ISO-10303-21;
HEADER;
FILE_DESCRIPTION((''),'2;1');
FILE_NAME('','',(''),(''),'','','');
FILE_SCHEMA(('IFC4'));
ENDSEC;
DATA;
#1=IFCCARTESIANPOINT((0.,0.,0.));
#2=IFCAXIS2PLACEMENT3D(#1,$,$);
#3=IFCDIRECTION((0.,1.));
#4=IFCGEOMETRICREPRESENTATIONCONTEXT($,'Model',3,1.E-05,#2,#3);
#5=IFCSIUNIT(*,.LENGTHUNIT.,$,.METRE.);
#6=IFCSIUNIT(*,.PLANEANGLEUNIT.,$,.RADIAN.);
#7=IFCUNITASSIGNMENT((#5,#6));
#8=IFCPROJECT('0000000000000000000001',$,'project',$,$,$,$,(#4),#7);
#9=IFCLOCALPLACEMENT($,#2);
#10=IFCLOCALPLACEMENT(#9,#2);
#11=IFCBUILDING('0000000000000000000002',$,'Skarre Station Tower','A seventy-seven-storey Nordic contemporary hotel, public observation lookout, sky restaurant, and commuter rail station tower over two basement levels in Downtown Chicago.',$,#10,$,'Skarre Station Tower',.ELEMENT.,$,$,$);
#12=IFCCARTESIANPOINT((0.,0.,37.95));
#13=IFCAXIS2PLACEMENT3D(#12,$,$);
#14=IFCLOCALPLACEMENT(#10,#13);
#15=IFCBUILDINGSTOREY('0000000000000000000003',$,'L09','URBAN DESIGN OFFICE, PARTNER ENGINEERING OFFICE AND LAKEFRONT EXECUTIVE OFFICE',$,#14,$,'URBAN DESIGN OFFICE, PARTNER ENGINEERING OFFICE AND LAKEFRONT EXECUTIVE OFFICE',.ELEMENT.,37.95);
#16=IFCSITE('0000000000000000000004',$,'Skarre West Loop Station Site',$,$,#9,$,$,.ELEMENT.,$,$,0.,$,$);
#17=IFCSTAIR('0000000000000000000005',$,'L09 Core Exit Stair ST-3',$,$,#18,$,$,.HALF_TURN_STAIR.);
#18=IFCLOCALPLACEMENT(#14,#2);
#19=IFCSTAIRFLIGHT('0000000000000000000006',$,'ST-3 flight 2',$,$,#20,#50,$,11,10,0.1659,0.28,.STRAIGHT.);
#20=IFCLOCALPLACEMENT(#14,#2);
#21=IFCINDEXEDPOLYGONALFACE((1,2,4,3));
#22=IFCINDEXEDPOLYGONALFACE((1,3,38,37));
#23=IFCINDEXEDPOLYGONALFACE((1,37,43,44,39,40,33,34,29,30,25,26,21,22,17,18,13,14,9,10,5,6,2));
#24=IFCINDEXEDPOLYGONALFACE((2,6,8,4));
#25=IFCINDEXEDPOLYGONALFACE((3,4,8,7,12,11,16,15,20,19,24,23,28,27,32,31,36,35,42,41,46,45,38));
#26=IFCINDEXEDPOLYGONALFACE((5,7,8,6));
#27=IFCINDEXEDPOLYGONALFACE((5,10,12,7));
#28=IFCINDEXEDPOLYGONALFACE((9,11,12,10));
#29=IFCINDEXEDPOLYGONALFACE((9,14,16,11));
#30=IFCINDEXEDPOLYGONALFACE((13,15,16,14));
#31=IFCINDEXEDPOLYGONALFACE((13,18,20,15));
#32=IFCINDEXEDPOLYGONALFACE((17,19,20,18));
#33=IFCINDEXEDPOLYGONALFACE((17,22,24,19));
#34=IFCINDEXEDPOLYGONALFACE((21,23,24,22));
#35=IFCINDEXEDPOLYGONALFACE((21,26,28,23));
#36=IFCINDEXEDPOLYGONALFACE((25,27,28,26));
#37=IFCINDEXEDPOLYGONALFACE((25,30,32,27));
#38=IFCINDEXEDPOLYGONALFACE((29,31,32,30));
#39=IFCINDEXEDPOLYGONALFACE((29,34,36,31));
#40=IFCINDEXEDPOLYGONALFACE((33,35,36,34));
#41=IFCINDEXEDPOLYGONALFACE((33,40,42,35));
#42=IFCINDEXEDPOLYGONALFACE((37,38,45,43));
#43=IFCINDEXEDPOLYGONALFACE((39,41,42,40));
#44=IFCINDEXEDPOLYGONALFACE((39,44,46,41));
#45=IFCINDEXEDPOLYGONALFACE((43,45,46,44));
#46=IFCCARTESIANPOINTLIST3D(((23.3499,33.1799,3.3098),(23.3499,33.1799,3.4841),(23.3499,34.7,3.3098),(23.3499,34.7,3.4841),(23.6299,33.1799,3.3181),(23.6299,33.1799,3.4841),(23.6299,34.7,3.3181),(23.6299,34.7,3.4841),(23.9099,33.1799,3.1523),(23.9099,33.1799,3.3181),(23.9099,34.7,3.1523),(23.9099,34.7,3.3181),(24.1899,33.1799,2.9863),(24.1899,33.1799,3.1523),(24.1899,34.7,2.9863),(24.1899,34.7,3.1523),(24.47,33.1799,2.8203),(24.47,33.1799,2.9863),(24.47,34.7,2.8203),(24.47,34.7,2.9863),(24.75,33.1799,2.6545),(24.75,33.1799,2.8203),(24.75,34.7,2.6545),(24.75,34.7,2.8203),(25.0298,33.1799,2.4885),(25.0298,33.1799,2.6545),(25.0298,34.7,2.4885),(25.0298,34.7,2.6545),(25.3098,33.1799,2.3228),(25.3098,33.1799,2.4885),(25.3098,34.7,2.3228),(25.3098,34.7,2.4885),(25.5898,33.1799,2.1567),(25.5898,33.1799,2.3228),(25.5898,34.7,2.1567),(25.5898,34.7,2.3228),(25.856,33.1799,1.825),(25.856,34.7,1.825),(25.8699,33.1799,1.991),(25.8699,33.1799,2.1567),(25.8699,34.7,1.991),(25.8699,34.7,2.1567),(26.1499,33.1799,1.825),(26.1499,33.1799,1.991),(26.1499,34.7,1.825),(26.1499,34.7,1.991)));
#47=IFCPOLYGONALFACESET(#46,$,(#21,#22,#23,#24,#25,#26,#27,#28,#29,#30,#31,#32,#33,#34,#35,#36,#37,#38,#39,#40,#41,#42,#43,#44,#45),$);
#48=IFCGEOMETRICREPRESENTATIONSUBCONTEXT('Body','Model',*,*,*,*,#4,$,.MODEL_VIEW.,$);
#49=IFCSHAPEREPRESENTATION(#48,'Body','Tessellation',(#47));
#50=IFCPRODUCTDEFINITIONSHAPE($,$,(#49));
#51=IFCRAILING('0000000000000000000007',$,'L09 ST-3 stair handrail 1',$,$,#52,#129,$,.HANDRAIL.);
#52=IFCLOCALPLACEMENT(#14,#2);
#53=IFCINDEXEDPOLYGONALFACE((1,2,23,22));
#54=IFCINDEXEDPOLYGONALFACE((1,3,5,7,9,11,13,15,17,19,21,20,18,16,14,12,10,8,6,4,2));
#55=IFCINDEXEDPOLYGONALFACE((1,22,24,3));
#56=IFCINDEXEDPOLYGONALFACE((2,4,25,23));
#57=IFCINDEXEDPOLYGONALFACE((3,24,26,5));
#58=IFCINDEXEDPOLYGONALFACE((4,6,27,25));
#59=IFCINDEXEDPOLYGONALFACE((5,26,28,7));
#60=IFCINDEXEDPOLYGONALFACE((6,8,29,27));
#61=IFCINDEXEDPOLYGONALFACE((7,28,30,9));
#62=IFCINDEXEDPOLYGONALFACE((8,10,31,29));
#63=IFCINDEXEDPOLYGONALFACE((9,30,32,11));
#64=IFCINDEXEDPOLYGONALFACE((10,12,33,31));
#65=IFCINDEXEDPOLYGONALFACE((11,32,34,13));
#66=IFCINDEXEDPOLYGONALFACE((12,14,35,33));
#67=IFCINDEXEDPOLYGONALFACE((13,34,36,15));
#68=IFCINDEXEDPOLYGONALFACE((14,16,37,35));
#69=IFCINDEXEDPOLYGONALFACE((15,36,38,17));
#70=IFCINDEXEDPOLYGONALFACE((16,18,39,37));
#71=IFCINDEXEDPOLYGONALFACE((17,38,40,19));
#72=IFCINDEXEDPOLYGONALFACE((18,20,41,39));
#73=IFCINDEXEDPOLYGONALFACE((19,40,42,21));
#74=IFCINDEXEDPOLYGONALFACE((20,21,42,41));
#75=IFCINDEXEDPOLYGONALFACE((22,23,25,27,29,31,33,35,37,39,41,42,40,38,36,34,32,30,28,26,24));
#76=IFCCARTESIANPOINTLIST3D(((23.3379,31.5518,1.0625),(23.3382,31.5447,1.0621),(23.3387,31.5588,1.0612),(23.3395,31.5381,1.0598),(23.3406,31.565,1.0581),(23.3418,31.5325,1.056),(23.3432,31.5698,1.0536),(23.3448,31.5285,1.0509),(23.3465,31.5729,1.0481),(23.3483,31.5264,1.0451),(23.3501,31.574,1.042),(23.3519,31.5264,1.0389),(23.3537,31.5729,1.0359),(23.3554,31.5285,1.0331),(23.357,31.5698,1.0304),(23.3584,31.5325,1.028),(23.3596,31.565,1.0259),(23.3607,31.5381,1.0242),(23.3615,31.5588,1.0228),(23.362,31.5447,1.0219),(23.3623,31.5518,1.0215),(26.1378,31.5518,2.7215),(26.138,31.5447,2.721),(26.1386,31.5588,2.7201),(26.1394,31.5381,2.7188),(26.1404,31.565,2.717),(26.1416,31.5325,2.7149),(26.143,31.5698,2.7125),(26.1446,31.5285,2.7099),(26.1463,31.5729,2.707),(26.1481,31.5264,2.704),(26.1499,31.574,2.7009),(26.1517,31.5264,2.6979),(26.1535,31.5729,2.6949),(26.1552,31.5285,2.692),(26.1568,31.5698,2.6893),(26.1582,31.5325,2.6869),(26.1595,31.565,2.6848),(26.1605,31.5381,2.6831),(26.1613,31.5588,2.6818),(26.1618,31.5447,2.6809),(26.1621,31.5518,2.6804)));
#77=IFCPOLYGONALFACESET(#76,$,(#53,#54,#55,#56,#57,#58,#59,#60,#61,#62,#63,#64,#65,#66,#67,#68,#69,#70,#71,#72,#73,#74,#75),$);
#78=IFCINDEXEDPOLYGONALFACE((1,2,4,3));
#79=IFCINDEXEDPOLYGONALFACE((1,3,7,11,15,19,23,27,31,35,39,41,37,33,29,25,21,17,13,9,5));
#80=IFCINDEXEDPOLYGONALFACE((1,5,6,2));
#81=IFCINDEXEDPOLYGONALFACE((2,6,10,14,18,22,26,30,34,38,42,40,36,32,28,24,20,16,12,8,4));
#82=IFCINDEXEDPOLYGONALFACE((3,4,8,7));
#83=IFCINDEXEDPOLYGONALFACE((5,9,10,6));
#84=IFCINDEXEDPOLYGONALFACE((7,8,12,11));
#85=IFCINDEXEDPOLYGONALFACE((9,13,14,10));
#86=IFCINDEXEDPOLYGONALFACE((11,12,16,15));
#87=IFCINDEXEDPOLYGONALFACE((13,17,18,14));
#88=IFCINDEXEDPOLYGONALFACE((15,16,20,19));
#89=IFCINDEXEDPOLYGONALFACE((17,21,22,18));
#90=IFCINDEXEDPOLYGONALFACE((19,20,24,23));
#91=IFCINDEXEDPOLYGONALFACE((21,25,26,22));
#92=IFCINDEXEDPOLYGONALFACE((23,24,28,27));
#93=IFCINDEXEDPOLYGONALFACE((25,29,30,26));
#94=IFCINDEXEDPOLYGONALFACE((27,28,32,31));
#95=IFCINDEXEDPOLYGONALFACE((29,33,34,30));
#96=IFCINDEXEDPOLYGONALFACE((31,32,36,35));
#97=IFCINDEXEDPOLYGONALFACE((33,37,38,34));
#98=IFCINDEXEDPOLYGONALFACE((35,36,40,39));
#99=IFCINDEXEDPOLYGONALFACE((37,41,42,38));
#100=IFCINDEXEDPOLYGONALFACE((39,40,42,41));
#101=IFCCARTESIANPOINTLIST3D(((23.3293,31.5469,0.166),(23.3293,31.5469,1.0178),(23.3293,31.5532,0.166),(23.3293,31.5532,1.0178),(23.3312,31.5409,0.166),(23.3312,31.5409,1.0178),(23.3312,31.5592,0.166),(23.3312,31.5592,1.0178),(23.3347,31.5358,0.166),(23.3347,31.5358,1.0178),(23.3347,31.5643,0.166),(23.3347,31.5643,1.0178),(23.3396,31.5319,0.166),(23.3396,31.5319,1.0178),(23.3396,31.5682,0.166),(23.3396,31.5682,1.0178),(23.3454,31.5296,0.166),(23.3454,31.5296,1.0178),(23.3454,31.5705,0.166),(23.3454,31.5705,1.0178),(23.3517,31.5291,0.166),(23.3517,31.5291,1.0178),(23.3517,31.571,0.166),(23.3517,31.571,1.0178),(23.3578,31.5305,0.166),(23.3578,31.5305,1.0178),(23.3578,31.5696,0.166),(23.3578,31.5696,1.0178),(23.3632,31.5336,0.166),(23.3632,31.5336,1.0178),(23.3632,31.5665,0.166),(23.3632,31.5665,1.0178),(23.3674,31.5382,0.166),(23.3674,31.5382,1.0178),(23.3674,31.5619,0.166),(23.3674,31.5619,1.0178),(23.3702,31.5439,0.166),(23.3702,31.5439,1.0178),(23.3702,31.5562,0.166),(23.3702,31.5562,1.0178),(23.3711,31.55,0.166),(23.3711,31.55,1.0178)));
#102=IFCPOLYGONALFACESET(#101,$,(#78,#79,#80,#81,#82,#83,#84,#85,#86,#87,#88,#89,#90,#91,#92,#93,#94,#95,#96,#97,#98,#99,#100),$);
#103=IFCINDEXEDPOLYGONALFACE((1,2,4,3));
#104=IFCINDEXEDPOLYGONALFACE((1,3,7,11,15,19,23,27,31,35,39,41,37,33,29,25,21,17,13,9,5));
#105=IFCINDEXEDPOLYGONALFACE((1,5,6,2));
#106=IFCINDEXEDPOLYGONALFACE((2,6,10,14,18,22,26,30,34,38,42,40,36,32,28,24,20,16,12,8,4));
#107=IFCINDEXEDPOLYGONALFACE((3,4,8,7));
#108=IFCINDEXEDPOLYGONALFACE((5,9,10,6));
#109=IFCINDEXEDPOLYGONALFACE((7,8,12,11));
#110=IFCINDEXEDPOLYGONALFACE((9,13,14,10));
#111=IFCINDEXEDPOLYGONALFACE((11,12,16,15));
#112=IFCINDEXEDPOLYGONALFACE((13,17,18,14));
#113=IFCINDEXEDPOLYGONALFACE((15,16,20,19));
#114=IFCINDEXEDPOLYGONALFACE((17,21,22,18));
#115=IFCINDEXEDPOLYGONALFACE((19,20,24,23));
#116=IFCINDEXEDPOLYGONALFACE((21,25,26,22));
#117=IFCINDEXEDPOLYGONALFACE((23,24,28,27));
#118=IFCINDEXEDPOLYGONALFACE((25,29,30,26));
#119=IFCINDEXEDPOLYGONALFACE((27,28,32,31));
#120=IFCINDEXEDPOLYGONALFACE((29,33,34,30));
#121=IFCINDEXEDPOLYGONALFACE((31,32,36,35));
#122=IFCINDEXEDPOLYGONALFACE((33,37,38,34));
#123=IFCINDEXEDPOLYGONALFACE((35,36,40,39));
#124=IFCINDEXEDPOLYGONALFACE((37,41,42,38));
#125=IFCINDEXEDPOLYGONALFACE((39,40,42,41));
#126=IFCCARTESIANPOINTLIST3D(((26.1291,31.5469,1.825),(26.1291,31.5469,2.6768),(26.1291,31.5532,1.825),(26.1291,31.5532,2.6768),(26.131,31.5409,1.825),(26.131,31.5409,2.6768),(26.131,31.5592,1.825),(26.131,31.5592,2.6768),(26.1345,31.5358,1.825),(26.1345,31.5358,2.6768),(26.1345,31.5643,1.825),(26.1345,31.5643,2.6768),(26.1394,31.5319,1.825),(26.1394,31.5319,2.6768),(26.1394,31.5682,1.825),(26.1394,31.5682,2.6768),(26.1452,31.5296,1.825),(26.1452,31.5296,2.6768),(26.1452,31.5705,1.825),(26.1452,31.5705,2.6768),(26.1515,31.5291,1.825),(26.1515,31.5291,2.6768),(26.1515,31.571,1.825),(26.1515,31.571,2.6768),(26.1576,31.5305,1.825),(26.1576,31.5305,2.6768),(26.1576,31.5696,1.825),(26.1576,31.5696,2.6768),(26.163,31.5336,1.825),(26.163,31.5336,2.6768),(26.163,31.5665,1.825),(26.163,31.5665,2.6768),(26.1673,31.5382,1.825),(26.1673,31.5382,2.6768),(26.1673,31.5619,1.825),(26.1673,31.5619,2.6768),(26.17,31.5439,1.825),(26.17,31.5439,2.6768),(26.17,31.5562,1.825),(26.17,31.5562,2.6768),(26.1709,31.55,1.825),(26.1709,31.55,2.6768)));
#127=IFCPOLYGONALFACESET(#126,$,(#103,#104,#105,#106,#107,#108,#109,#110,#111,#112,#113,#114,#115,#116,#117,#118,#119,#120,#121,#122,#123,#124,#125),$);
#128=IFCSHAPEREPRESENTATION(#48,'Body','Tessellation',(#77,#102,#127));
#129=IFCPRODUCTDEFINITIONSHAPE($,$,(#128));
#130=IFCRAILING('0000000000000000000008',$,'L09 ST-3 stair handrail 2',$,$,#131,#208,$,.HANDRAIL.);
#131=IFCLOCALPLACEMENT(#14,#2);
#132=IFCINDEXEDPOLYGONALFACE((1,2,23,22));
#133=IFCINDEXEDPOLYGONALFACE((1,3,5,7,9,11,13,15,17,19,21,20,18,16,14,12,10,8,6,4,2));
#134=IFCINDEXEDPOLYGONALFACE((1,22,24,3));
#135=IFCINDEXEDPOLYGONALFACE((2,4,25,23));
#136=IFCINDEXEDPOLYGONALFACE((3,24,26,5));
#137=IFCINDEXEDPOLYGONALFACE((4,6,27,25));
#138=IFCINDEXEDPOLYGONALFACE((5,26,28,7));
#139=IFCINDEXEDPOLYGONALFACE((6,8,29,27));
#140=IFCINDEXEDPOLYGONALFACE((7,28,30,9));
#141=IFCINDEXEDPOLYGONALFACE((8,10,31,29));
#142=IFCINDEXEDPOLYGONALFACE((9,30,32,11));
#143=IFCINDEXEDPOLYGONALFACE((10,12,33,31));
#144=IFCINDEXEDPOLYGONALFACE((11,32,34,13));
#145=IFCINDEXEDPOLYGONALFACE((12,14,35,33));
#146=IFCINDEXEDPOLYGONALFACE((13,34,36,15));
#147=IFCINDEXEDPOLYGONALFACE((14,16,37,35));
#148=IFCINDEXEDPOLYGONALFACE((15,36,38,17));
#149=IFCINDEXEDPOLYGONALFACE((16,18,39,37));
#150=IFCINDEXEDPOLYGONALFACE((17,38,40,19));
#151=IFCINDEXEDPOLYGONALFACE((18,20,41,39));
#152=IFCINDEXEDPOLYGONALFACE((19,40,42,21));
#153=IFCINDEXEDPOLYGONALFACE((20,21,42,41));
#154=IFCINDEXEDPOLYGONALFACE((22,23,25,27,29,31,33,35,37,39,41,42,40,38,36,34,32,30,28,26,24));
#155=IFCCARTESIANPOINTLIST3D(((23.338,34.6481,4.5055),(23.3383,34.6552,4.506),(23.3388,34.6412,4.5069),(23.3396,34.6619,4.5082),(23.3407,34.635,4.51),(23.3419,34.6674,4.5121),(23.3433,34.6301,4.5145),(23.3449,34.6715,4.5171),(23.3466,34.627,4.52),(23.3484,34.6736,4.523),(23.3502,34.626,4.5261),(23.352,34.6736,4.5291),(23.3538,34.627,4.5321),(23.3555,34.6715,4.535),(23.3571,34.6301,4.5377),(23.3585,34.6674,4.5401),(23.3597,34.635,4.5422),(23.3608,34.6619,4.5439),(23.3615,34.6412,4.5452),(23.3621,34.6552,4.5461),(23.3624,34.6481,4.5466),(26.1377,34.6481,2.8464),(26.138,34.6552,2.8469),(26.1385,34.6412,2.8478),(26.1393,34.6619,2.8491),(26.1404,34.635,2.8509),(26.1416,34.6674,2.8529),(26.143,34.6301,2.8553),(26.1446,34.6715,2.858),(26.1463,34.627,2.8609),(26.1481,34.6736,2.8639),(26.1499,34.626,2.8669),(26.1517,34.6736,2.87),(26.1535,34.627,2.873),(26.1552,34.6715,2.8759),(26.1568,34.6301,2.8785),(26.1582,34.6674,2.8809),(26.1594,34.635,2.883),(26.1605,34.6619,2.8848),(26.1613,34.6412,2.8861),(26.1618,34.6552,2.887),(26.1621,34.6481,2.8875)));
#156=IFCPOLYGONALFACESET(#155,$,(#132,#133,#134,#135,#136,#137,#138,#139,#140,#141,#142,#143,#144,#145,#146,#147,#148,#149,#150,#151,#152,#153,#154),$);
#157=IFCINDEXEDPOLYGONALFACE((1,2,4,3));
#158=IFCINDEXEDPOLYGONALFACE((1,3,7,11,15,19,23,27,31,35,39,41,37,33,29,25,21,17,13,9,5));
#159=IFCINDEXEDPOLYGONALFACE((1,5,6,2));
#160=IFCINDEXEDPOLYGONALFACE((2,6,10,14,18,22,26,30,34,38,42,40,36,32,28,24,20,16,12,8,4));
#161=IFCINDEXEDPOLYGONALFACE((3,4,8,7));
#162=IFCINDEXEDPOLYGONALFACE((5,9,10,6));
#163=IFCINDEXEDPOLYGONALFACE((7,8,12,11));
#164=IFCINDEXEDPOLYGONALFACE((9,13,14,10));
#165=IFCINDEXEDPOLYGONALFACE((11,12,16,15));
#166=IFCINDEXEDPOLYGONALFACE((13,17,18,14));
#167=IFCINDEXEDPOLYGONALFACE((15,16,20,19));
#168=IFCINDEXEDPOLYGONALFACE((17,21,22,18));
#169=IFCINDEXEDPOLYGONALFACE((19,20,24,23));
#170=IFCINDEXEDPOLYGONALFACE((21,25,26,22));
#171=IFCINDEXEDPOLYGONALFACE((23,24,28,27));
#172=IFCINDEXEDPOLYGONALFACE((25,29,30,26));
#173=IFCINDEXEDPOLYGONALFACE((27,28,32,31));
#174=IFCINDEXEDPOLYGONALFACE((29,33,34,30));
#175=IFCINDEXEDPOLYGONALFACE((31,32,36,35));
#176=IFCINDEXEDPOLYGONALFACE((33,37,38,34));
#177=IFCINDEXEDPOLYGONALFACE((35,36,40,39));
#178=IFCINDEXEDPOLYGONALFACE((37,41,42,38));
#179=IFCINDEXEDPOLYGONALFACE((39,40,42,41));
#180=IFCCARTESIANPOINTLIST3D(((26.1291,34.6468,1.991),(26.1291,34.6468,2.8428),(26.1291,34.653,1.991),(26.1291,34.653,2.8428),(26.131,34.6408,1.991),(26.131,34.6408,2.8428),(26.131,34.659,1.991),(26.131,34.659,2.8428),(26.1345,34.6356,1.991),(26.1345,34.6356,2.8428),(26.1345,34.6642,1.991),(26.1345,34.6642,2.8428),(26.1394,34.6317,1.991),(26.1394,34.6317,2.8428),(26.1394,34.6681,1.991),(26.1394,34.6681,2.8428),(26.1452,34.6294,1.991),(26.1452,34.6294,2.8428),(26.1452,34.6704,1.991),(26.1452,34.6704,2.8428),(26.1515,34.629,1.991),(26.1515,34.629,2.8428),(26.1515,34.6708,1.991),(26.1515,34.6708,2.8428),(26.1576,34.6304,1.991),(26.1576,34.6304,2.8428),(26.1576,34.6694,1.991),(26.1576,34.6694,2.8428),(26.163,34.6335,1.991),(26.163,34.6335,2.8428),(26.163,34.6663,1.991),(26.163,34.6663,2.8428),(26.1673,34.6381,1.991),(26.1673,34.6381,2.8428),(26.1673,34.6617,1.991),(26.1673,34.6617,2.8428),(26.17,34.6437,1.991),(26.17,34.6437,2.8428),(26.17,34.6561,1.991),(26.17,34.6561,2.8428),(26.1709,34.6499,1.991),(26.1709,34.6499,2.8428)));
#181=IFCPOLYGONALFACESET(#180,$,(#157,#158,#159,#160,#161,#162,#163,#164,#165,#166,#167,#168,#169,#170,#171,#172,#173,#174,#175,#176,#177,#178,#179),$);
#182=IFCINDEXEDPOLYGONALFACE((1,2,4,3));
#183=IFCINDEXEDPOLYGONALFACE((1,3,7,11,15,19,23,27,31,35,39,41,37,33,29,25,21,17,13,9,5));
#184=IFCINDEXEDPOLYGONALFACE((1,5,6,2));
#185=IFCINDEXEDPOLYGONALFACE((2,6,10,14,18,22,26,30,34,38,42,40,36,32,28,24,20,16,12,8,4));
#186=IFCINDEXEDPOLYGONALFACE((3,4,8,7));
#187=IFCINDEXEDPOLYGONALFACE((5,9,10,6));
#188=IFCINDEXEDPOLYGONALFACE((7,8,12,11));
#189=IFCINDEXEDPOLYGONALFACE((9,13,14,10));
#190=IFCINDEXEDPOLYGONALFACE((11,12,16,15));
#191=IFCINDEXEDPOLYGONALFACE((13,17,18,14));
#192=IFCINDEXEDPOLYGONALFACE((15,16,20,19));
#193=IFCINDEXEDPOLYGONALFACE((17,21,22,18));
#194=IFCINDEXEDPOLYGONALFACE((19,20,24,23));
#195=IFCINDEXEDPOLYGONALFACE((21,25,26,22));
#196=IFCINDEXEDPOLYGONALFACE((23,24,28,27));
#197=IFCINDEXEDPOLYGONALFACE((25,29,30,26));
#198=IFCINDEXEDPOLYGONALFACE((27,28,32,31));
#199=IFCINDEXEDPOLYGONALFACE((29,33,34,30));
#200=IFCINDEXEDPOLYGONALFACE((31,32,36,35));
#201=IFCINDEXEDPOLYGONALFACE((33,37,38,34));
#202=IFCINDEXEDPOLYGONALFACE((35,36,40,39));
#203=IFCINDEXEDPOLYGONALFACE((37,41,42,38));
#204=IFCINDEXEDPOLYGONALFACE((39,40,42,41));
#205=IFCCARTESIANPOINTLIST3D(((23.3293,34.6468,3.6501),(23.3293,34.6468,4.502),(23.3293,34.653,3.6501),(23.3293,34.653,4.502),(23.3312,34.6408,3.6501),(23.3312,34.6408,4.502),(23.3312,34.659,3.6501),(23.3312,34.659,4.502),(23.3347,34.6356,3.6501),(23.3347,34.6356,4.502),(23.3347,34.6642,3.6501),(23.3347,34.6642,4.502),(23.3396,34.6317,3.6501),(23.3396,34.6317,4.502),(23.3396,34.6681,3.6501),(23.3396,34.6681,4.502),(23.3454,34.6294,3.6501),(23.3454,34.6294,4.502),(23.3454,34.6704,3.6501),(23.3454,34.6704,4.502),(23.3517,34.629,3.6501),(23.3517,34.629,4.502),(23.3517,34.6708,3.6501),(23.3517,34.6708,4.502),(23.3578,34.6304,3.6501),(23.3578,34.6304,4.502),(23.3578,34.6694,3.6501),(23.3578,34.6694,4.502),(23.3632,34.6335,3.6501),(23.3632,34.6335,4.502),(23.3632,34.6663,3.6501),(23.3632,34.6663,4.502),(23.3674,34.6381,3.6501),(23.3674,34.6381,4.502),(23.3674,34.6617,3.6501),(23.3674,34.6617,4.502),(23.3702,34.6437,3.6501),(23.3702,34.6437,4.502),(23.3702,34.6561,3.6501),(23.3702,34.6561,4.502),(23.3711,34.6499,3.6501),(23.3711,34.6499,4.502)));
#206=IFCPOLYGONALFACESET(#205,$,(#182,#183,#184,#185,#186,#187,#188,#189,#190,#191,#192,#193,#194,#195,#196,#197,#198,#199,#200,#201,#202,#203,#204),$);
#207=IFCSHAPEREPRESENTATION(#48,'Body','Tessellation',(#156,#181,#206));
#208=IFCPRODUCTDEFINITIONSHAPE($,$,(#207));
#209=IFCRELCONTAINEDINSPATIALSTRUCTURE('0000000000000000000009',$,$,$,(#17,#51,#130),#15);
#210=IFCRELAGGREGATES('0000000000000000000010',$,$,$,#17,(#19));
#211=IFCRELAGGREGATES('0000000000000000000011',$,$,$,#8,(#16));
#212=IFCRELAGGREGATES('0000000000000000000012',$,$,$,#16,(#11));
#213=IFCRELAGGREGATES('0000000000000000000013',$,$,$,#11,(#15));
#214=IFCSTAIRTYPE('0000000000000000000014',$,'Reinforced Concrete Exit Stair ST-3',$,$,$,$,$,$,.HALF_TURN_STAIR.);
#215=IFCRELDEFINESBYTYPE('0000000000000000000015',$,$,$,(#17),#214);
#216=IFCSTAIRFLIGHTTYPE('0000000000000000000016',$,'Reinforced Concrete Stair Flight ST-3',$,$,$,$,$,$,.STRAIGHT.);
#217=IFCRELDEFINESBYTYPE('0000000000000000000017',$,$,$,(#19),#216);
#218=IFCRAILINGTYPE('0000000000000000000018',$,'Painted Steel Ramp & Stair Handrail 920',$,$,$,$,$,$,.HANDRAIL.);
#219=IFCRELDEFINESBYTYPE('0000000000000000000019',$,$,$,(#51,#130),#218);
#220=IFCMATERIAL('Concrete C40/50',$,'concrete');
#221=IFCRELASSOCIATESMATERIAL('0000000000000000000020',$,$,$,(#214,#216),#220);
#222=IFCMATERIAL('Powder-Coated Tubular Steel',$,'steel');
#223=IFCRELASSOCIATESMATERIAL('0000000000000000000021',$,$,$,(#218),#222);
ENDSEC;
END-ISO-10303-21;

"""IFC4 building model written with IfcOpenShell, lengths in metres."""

from ifc_helpers import new_model, si_unit, direction, frame, origin, origin_2d, place, context, subcontext, project, spatial, polyline, circle, outline, extrude, material, type_object, element, aggregate, save


model = new_model("IFC4")

# Units and contexts
model_context = context("Model", 3, precision=1e-05, world=origin(), true_north=direction((0.0, 1.0)))
body_context = subcontext(model_context, "Body", "Model", "MODEL_VIEW")
ifc_project = project(units=[si_unit("LENGTHUNIT", "METRE"), si_unit("PLANEANGLEUNIT", "RADIAN")], contexts=[model_context])

# Site, building, storey
site_placement = place(None, origin())
site = spatial("IfcSite", under=ifc_project, at=site_placement, Name="Skarre West Loop Station Site", CompositionType="ELEMENT", RefElevation=0.0)
building_placement = place(site_placement, origin())
building = spatial("IfcBuilding", under=site, at=building_placement, Name="Skarre Station Tower", Description="A seventy-seven-storey Nordic contemporary hotel, public observation lookout, sky restaurant, and commuter rail station tower over two basement levels in Downtown Chicago.", LongName="Skarre Station Tower", CompositionType="ELEMENT")
storey_placement = place(building_placement, frame((0.0, 0.0, 37.95)))
storey = spatial("IfcBuildingStorey", under=building, at=storey_placement, Name="L09", Description="URBAN DESIGN OFFICE, PARTNER ENGINEERING OFFICE AND LAKEFRONT EXECUTIVE OFFICE", LongName="URBAN DESIGN OFFICE, PARTNER ENGINEERING OFFICE AND LAKEFRONT EXECUTIVE OFFICE", CompositionType="ELEMENT", Elevation=37.95)

# Stair, stair flight
ifc_material_1 = material(Name="Concrete C40/50", Category="concrete")
stair_type = type_object("IfcStairType", Name="Reinforced Concrete Exit Stair ST-3", PredefinedType="HALF_TURN_STAIR", material=ifc_material_1)
stair_placement = place(storey_placement, origin())
stair = element("IfcStair", 1, at=stair_placement, inside=storey, type_object=stair_type, Name="L09 Core Exit Stair ST-3", PredefinedType="HALF_TURN_STAIR")
stair_flight_type = type_object("IfcStairFlightType", Name="Reinforced Concrete Stair Flight ST-3", PredefinedType="STRAIGHT", material=ifc_material_1)
stair_flight_1_placement = place(storey_placement, frame((26.1499, 33.9399, 1.825), z_axis=(0.0, 0.0, 1.0), x_axis=(-1.0, 0.0, 0.0)))
stair_flight_1 = element("IfcStairFlight", 2, at=stair_flight_1_placement, type_object=stair_flight_type, Name="ST-3 flight 2", NumberOfRisers=11, NumberOfTreads=10, PredefinedType="STRAIGHT", RiserHeight=0.1659, TreadLength=0.28, context=body_context, shape_type="SweptSolid", body=[
    extrude(outline(polyline([(0.0, 0.0), (0.0, 0.166), (0.28, 0.166), (0.28, 0.3318), (0.5601, 0.3318), (0.5601, 0.4978), (0.8401, 0.4978), (0.8401, 0.6636), (1.1201, 0.6636), (1.1201, 0.8296), (1.3999, 0.8296), (1.3999, 0.9954), (1.6799, 0.9954), (1.6799, 1.1614), (1.96, 1.1614), (1.96, 1.3274), (2.24, 1.3274), (2.24, 1.4932), (2.52, 1.4932), (2.52, 1.6592), (2.8, 1.6592), (2.8, 1.825), (2.8, 1.4849), (0.2939, 0.0), (0.0, 0.0)])), frame((0.0, 0.76, 0.0), z_axis=(0.0, -1.0, 0.0), x_axis=(1.0, 0.0, 0.0)), (0.0, 0.0, 1.0), 1.52),
])
aggregate(stair, [stair_flight_1])

# Railings
ifc_material_2 = material(Name="Powder-Coated Tubular Steel", Category="steel")
railing_type_1 = type_object("IfcRailingType", Name="Painted Steel Ramp & Stair Handrail 920", PredefinedType="HANDRAIL", material=ifc_material_2)
railing_1_placement = place(storey_placement, frame((23.3501, 31.55, 0.166)))
element("IfcRailing", 3, at=railing_1_placement, inside=storey, type_object=railing_type_1, Name="L09 ST-3 stair handrail 1", PredefinedType="HANDRAIL", context=body_context, shape_type="SweptSolid", body=[
    extrude(circle(Radius=0.0239, at=origin_2d()), frame((0.0, 0.0, 0.876), z_axis=(0.86032, 0.0, 0.509755), x_axis=(0.0, 1.0, 0.0)), (0.0, 0.0, 1.0), 3.2544),
    extrude(circle(Radius=0.021, at=origin_2d()), origin(), (0.0, 0.0, 1.0), 0.8518),
    extrude(circle(Radius=0.021, at=origin_2d()), frame((2.7998, 0.0, 1.6589)), (0.0, 0.0, 1.0), 0.8518),
])
railing_2_placement = place(storey_placement, frame((26.1499, 34.6499, 1.991)))
element("IfcRailing", 4, at=railing_2_placement, inside=storey, type_object=railing_type_1, Name="L09 ST-3 stair handrail 2", PredefinedType="HANDRAIL", context=body_context, shape_type="SweptSolid", body=[
    extrude(circle(Radius=0.0239, at=origin_2d()), frame((0.0, 0.0, 0.876), z_axis=(-0.860287, 0.0, 0.509811), x_axis=(0.0, -1.0, 0.0)), (0.0, 0.0, 1.0), 3.2544),
    extrude(circle(Radius=0.021, at=origin_2d()), origin(), (0.0, 0.0, 1.0), 0.8518),
    extrude(circle(Radius=0.021, at=origin_2d()), frame((-2.7998, 0.0, 1.6592)), (0.0, 0.0, 1.0), 0.8518),
])

save(model, "model.ifc")
